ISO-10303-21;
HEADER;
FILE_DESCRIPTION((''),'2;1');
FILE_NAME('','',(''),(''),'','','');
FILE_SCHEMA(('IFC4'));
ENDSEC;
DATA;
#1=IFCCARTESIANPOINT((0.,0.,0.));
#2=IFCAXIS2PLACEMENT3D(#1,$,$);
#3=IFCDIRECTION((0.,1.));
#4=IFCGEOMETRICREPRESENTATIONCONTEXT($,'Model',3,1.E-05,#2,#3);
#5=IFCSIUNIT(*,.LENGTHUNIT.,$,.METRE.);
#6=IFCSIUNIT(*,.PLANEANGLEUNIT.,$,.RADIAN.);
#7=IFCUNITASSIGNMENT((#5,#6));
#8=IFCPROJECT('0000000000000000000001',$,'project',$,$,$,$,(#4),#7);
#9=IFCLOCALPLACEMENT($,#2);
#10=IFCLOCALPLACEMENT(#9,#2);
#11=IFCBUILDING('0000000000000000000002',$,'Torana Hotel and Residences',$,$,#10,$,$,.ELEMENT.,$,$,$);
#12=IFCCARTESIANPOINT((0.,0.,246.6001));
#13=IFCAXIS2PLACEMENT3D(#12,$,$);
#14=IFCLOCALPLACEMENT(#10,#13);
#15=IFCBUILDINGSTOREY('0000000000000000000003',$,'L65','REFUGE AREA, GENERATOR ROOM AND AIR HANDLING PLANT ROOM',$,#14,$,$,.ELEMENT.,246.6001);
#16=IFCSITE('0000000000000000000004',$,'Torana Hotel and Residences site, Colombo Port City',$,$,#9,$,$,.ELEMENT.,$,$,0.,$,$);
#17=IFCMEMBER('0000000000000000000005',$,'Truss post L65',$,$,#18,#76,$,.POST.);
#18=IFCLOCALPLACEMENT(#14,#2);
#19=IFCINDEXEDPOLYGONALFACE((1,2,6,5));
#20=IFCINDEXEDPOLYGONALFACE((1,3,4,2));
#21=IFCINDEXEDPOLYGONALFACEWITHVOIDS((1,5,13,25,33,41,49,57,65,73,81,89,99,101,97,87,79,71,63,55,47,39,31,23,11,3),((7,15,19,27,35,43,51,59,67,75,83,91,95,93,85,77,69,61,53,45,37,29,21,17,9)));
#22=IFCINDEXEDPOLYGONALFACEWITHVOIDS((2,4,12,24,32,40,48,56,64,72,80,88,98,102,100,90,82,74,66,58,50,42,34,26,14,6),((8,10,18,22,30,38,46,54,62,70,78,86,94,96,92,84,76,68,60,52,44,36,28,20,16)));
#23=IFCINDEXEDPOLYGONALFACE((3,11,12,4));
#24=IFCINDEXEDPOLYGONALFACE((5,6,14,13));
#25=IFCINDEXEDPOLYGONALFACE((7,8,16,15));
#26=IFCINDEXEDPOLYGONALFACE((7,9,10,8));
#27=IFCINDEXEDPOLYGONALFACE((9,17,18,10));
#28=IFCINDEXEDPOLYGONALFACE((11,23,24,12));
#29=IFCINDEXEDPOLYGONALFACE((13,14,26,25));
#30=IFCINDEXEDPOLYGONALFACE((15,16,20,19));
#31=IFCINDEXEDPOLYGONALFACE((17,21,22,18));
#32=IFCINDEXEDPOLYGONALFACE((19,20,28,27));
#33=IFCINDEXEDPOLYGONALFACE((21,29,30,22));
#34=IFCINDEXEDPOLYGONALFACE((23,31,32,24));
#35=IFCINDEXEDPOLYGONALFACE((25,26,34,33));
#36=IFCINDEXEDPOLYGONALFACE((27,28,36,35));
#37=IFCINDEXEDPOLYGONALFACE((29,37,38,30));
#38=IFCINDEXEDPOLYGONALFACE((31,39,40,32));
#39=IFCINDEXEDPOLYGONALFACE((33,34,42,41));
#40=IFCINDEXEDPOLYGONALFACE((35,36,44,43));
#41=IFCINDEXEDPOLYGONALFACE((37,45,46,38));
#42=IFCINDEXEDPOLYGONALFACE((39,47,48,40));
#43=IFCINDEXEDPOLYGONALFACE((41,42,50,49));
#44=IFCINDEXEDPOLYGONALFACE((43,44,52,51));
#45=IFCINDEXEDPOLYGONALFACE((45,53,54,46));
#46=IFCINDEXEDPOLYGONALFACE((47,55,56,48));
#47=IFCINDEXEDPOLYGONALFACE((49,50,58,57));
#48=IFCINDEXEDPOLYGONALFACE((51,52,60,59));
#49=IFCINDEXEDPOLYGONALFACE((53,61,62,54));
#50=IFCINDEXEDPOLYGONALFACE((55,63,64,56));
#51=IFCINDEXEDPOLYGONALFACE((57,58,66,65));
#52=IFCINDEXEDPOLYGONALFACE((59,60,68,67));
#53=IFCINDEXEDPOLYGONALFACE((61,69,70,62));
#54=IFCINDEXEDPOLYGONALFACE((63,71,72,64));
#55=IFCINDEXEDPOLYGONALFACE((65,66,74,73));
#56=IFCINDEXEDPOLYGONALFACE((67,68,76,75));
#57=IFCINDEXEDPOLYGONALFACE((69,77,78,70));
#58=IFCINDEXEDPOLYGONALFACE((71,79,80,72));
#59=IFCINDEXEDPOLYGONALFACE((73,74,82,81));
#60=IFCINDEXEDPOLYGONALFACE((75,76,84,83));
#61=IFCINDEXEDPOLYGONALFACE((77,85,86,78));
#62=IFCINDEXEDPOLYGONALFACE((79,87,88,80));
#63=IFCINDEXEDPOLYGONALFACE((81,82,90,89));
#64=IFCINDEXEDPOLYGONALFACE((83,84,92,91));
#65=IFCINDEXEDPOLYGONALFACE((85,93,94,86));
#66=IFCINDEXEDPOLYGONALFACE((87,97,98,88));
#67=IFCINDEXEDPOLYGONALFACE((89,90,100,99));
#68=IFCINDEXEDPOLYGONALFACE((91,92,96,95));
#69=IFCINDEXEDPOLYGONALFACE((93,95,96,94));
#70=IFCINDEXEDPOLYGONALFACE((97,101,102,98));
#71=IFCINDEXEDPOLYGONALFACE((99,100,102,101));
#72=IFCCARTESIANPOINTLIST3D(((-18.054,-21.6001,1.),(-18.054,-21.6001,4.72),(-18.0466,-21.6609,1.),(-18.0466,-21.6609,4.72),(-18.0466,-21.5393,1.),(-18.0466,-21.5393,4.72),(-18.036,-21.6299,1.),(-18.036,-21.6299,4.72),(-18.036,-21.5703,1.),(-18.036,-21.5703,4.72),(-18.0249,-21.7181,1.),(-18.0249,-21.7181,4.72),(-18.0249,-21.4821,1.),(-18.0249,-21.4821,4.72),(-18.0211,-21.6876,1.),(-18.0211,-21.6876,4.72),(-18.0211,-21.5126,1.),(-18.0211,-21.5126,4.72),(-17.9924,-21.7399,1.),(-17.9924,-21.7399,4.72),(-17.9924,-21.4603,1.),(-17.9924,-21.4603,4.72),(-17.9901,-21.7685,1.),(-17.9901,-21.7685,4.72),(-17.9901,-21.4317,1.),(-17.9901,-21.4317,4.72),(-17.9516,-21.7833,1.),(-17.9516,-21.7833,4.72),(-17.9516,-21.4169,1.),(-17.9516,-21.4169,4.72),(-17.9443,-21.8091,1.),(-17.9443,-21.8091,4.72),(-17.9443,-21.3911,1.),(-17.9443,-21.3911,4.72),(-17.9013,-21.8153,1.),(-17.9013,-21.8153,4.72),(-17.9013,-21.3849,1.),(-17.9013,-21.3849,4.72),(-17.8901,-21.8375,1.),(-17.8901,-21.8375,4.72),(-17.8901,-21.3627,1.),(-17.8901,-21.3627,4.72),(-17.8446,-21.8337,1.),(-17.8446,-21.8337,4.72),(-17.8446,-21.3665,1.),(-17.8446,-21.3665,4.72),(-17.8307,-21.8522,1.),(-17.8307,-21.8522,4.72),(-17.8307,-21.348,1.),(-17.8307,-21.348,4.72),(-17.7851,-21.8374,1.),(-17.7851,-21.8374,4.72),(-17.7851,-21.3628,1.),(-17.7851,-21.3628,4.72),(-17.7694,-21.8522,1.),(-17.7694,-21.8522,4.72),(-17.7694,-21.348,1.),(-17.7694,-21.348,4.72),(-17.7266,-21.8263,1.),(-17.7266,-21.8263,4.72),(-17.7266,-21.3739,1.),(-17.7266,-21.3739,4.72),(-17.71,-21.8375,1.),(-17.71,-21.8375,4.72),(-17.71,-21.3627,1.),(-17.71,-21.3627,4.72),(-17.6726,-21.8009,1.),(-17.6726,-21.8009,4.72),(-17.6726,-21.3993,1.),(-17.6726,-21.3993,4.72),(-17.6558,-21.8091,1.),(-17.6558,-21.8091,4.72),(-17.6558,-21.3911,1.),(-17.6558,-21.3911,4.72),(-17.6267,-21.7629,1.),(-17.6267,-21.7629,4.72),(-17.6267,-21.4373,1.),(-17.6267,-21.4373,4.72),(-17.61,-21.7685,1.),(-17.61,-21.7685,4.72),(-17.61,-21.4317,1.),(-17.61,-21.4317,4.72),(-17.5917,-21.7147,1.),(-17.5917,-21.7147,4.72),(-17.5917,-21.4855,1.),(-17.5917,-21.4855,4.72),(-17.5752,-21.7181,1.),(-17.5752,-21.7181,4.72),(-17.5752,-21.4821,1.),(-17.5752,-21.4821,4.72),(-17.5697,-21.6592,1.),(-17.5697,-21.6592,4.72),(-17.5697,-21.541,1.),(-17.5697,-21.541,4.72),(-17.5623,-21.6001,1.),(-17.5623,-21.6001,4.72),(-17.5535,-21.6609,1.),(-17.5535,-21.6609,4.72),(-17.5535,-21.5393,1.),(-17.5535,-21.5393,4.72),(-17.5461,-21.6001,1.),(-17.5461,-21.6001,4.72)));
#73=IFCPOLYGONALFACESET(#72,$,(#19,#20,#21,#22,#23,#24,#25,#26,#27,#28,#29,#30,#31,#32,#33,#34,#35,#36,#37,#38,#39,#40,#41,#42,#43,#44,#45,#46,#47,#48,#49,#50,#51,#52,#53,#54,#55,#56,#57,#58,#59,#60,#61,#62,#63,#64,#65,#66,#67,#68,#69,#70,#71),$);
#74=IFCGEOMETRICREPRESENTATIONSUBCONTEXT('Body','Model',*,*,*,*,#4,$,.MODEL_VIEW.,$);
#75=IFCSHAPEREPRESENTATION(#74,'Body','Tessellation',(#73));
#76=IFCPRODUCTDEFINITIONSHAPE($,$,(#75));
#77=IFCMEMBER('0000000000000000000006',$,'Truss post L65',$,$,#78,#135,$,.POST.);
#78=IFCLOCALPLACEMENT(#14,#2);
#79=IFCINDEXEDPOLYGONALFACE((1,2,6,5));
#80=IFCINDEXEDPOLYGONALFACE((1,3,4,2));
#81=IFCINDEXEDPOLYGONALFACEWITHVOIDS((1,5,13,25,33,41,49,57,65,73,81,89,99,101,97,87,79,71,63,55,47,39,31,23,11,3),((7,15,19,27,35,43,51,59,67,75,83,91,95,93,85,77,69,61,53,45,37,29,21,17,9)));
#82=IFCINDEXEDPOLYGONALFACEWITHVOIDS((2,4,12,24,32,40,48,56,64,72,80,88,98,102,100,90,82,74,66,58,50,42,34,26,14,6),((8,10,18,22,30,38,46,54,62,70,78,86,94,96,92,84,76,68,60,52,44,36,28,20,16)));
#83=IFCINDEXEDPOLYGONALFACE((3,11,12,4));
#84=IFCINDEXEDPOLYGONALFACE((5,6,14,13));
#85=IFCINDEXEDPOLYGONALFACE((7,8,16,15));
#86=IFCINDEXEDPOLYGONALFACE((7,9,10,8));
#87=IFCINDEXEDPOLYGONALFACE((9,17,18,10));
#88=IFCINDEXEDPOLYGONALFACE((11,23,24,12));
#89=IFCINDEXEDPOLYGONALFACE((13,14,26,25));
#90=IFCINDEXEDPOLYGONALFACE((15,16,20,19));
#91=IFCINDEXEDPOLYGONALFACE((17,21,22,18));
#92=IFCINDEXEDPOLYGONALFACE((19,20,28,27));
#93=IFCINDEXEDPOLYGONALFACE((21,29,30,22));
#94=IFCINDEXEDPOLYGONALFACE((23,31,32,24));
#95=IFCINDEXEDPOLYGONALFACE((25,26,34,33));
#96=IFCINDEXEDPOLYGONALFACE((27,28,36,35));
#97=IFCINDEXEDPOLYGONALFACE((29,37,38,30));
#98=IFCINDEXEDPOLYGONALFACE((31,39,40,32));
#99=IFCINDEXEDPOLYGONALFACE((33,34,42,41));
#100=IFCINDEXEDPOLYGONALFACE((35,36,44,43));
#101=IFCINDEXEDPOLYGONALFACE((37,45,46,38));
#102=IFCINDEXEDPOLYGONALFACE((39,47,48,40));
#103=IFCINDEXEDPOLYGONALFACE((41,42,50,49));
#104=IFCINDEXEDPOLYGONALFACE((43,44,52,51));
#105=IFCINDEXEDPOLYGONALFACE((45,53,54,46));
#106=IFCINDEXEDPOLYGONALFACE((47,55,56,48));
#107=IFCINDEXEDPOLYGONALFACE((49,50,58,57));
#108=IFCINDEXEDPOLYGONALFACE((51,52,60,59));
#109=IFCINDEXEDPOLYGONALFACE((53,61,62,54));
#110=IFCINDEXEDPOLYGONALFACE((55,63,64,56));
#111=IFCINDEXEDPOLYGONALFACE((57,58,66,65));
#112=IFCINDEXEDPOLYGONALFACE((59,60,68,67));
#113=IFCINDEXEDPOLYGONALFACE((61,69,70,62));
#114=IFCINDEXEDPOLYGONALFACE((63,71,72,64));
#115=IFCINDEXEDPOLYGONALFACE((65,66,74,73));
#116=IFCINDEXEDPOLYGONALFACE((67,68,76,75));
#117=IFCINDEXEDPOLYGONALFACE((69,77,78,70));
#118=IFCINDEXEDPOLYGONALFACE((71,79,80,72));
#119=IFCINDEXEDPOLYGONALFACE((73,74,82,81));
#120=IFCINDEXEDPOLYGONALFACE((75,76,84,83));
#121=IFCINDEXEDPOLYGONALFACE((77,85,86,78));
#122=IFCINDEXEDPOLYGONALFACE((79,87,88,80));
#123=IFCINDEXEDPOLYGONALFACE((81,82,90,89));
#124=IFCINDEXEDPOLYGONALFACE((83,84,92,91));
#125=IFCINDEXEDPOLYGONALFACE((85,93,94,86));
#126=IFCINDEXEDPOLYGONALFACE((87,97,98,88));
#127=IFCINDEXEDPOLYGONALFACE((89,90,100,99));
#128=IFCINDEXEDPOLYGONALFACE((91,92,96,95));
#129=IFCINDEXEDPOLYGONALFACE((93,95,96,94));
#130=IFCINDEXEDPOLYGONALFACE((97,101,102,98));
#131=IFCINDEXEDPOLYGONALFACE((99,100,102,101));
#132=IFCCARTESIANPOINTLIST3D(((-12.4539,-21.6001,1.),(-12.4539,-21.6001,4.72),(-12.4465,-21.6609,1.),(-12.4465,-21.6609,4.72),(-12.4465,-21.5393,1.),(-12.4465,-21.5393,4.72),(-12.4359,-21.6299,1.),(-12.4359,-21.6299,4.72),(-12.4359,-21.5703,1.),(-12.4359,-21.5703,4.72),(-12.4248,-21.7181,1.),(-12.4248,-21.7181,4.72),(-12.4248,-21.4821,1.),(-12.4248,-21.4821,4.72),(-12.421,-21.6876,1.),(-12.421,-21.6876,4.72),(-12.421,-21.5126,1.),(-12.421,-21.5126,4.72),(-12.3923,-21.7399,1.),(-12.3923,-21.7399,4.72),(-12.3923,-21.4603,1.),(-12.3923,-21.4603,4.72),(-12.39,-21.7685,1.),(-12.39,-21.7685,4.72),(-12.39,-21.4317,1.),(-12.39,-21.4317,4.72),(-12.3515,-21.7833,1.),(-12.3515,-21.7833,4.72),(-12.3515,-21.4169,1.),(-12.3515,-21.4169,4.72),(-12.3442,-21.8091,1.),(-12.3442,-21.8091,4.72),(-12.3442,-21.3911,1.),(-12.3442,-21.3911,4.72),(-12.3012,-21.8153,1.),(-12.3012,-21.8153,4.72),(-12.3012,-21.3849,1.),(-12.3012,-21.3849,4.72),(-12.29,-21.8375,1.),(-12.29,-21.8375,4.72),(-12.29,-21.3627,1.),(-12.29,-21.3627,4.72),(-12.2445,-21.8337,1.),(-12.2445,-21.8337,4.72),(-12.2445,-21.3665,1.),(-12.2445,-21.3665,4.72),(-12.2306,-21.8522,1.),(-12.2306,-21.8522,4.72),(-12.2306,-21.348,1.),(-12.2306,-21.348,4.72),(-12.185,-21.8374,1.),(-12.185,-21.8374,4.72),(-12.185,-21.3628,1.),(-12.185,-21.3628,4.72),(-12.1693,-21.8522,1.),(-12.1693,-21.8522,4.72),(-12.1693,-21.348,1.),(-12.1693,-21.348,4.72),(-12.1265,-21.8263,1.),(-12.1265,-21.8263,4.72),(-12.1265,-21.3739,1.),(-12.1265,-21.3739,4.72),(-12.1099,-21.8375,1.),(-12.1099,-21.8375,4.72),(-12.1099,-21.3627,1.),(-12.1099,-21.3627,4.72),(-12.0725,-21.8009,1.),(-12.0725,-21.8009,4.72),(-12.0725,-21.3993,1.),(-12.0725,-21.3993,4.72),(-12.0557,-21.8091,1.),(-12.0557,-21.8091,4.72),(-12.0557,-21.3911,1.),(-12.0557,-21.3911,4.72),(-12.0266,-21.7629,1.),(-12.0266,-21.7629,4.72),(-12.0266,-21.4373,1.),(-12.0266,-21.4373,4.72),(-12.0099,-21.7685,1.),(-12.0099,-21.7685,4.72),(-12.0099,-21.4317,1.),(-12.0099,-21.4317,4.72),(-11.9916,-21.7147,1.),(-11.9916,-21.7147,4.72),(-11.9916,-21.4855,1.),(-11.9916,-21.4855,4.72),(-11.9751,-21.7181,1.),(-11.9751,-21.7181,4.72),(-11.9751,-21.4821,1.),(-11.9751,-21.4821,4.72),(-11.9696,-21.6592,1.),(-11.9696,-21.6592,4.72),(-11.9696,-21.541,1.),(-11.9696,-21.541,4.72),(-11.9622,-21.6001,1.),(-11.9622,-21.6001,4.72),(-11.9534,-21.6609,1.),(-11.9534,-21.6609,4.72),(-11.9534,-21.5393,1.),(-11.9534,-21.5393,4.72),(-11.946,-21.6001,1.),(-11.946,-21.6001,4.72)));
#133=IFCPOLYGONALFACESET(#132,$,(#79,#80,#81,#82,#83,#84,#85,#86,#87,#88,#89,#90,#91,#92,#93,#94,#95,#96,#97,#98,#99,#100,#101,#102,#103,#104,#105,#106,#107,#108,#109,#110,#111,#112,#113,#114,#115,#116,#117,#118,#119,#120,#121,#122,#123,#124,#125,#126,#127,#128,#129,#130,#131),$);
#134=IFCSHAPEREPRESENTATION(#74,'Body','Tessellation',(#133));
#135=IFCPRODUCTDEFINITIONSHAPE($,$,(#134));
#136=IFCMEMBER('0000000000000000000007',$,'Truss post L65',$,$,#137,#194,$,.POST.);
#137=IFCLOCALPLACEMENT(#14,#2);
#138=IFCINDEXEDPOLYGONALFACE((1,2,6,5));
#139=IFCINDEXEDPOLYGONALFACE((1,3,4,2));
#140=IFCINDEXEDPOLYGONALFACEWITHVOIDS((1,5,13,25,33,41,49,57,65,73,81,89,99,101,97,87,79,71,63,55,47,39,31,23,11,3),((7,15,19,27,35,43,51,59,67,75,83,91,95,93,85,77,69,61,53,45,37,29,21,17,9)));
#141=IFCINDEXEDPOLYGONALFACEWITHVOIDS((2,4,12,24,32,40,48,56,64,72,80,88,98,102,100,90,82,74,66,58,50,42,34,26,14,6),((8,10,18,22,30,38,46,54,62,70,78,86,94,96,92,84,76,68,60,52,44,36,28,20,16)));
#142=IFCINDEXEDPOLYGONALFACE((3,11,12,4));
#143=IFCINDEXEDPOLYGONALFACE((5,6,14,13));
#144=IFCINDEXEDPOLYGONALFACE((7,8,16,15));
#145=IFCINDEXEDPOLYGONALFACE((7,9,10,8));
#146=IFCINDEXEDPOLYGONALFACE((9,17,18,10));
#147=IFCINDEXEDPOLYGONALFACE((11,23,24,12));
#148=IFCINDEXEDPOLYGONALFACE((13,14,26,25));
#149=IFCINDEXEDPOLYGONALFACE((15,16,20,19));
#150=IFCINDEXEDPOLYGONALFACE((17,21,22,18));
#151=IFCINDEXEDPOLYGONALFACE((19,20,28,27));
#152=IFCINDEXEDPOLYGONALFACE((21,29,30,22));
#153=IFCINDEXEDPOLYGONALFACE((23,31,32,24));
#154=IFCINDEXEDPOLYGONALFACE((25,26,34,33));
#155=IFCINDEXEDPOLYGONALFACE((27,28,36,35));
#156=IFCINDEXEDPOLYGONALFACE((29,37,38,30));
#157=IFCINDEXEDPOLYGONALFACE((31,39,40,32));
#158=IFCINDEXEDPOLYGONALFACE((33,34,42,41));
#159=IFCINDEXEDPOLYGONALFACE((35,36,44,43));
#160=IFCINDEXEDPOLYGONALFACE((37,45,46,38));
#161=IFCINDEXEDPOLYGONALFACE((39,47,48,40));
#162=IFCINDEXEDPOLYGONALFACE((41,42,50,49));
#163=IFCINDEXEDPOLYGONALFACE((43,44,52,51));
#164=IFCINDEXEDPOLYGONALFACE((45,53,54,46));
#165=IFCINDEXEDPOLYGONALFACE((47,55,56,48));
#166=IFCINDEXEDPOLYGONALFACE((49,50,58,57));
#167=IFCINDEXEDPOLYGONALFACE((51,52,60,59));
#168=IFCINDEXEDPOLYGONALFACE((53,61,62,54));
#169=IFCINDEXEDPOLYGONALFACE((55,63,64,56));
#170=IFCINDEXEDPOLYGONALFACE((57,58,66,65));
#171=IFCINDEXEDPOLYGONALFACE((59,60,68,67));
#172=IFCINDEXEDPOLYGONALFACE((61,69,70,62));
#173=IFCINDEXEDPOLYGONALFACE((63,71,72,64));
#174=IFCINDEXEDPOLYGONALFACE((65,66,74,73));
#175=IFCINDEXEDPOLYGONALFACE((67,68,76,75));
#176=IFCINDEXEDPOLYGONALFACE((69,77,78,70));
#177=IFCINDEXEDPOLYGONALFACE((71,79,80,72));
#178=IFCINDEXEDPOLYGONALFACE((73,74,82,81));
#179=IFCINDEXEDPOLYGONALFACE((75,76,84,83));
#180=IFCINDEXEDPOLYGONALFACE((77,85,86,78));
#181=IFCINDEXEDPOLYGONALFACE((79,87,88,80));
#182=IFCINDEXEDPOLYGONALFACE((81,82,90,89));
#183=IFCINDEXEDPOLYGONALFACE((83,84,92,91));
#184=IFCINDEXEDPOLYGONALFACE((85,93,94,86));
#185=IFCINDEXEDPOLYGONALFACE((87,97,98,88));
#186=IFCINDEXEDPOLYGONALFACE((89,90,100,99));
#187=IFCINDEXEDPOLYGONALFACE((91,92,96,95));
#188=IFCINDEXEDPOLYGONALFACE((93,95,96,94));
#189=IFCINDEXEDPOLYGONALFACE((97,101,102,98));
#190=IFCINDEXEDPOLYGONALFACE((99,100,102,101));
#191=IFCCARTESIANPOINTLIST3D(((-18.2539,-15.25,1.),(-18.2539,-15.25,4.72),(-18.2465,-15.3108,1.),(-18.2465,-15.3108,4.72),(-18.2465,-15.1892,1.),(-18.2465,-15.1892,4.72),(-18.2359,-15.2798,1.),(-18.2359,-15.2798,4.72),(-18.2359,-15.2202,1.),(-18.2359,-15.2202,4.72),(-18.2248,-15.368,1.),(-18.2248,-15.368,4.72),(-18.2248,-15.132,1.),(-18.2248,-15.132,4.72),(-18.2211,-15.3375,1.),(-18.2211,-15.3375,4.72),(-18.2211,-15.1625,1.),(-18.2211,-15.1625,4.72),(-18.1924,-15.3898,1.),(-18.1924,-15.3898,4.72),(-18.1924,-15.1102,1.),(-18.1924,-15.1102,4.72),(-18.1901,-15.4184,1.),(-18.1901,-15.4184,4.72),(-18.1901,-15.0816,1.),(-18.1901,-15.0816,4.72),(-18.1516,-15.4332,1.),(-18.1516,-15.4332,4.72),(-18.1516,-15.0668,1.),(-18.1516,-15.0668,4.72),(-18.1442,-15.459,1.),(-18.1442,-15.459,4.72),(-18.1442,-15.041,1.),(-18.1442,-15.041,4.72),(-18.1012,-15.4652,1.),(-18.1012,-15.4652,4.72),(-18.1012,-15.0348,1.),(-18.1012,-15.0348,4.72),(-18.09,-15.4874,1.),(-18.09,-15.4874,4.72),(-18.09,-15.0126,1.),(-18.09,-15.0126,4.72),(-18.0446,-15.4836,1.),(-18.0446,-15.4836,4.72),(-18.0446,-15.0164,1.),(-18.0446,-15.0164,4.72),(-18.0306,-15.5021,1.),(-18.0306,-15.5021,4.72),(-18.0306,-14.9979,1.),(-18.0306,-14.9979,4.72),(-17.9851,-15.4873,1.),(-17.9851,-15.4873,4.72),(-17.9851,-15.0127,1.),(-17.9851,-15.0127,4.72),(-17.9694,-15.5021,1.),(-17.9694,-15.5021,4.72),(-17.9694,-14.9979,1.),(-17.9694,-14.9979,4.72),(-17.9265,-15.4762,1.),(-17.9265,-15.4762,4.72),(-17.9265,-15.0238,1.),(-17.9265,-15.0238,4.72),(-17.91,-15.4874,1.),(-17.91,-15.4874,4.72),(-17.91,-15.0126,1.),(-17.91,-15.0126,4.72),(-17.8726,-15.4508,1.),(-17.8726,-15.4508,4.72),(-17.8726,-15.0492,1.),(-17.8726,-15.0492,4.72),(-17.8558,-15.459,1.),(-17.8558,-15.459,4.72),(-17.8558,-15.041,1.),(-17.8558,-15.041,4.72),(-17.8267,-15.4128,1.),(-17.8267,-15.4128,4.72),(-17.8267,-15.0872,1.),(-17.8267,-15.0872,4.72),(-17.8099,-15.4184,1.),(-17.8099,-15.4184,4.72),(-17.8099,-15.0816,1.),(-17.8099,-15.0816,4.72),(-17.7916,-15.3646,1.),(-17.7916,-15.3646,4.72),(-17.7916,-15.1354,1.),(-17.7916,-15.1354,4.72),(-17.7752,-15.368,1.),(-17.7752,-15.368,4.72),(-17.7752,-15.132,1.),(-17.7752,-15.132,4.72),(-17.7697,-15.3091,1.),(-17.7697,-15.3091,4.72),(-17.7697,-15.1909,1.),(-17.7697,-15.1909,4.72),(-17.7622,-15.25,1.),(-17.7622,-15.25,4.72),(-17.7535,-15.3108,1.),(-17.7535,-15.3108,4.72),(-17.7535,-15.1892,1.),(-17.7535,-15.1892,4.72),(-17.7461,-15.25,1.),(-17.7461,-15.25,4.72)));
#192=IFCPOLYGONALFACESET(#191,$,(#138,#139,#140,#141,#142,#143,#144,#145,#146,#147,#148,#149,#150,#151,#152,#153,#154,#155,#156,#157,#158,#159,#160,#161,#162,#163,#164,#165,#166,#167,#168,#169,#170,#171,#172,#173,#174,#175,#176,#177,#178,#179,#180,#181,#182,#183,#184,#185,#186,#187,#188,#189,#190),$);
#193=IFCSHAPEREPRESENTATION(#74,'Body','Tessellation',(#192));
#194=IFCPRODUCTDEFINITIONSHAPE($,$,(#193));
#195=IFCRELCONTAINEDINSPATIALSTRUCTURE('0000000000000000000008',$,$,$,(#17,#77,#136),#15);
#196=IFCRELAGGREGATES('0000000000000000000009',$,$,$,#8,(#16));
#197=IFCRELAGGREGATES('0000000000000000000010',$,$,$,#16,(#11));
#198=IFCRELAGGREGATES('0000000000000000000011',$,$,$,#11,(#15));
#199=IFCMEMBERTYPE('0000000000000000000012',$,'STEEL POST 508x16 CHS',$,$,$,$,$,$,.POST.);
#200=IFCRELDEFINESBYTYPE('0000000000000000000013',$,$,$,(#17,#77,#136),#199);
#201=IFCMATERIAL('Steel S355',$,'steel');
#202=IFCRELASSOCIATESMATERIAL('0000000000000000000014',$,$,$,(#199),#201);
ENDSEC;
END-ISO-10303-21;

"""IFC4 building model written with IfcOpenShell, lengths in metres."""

from ifc_helpers import new_model, si_unit, direction, frame, origin, origin_2d, place, context, subcontext, project, spatial, hollow_circle, extrude, material, material_profile, profile_set, type_object, element, save


model = new_model("IFC4")

# Units and contexts
model_context = context("Model", 3, precision=1e-05, world=origin(), true_north=direction((0.0, 1.0)))
body_context = subcontext(model_context, "Body", "Model", "MODEL_VIEW")
ifc_project = project(units=[si_unit("LENGTHUNIT", "METRE"), si_unit("PLANEANGLEUNIT", "RADIAN")], contexts=[model_context])

# Site, building, storey
site_placement = place(None, origin())
site = spatial("IfcSite", under=ifc_project, at=site_placement, Name="Torana Hotel and Residences site, Colombo Port City", CompositionType="ELEMENT", RefElevation=0.0)
building_placement = place(site_placement, origin())
building = spatial("IfcBuilding", under=site, at=building_placement, Name="Torana Hotel and Residences", CompositionType="ELEMENT")
storey_placement = place(building_placement, frame((0.0, 0.0, 246.6001)))
storey = spatial("IfcBuildingStorey", under=building, at=storey_placement, Name="L65", Description="REFUGE AREA, GENERATOR ROOM AND AIR HANDLING PLANT ROOM", CompositionType="ELEMENT", Elevation=246.6001)

# Members
ifc_material_1 = material(Name="Steel S355", Category="steel")
ifc_material_profile_1 = material_profile(ifc_material_1, hollow_circle(Radius=0.2539, WallThickness=0.0161, at=origin_2d()), Name="508x16 CHS")
ifc_profile_set_1 = profile_set([ifc_material_profile_1], Name="Steel S355")
member_type_1 = type_object("IfcMemberType", Name="STEEL POST 508x16 CHS", PredefinedType="POST", material=ifc_profile_set_1)
for number, where, z_axis, x_axis, name in (
    (1, (-17.8, -21.6001, 1.0), (0.0, 0.0, 1.0), (1.0, 0.0, 0.0), "Truss post L65"),
    (2, (-12.2, -21.6001, 1.0), (0.0, 0.0, 1.0), (1.0, 0.0, 0.0), "Truss post L65"),
    (3, (-18.0, -15.25, 1.0), (0.0, 0.0, 1.0), (1.0, 0.0, 0.0), "Truss post L65"),
):
    element("IfcMember", number, at=place(storey_placement, frame(where, z_axis=z_axis, x_axis=x_axis)), inside=storey, type_object=member_type_1, Name=name, PredefinedType="POST", context=body_context, shape_type="SweptSolid", body=[
        extrude(hollow_circle(Radius=0.2539, WallThickness=0.0161, at=origin_2d()), origin(), (0.0, 0.0, 1.0), 3.72),
    ])

save(model, "model.ifc")
